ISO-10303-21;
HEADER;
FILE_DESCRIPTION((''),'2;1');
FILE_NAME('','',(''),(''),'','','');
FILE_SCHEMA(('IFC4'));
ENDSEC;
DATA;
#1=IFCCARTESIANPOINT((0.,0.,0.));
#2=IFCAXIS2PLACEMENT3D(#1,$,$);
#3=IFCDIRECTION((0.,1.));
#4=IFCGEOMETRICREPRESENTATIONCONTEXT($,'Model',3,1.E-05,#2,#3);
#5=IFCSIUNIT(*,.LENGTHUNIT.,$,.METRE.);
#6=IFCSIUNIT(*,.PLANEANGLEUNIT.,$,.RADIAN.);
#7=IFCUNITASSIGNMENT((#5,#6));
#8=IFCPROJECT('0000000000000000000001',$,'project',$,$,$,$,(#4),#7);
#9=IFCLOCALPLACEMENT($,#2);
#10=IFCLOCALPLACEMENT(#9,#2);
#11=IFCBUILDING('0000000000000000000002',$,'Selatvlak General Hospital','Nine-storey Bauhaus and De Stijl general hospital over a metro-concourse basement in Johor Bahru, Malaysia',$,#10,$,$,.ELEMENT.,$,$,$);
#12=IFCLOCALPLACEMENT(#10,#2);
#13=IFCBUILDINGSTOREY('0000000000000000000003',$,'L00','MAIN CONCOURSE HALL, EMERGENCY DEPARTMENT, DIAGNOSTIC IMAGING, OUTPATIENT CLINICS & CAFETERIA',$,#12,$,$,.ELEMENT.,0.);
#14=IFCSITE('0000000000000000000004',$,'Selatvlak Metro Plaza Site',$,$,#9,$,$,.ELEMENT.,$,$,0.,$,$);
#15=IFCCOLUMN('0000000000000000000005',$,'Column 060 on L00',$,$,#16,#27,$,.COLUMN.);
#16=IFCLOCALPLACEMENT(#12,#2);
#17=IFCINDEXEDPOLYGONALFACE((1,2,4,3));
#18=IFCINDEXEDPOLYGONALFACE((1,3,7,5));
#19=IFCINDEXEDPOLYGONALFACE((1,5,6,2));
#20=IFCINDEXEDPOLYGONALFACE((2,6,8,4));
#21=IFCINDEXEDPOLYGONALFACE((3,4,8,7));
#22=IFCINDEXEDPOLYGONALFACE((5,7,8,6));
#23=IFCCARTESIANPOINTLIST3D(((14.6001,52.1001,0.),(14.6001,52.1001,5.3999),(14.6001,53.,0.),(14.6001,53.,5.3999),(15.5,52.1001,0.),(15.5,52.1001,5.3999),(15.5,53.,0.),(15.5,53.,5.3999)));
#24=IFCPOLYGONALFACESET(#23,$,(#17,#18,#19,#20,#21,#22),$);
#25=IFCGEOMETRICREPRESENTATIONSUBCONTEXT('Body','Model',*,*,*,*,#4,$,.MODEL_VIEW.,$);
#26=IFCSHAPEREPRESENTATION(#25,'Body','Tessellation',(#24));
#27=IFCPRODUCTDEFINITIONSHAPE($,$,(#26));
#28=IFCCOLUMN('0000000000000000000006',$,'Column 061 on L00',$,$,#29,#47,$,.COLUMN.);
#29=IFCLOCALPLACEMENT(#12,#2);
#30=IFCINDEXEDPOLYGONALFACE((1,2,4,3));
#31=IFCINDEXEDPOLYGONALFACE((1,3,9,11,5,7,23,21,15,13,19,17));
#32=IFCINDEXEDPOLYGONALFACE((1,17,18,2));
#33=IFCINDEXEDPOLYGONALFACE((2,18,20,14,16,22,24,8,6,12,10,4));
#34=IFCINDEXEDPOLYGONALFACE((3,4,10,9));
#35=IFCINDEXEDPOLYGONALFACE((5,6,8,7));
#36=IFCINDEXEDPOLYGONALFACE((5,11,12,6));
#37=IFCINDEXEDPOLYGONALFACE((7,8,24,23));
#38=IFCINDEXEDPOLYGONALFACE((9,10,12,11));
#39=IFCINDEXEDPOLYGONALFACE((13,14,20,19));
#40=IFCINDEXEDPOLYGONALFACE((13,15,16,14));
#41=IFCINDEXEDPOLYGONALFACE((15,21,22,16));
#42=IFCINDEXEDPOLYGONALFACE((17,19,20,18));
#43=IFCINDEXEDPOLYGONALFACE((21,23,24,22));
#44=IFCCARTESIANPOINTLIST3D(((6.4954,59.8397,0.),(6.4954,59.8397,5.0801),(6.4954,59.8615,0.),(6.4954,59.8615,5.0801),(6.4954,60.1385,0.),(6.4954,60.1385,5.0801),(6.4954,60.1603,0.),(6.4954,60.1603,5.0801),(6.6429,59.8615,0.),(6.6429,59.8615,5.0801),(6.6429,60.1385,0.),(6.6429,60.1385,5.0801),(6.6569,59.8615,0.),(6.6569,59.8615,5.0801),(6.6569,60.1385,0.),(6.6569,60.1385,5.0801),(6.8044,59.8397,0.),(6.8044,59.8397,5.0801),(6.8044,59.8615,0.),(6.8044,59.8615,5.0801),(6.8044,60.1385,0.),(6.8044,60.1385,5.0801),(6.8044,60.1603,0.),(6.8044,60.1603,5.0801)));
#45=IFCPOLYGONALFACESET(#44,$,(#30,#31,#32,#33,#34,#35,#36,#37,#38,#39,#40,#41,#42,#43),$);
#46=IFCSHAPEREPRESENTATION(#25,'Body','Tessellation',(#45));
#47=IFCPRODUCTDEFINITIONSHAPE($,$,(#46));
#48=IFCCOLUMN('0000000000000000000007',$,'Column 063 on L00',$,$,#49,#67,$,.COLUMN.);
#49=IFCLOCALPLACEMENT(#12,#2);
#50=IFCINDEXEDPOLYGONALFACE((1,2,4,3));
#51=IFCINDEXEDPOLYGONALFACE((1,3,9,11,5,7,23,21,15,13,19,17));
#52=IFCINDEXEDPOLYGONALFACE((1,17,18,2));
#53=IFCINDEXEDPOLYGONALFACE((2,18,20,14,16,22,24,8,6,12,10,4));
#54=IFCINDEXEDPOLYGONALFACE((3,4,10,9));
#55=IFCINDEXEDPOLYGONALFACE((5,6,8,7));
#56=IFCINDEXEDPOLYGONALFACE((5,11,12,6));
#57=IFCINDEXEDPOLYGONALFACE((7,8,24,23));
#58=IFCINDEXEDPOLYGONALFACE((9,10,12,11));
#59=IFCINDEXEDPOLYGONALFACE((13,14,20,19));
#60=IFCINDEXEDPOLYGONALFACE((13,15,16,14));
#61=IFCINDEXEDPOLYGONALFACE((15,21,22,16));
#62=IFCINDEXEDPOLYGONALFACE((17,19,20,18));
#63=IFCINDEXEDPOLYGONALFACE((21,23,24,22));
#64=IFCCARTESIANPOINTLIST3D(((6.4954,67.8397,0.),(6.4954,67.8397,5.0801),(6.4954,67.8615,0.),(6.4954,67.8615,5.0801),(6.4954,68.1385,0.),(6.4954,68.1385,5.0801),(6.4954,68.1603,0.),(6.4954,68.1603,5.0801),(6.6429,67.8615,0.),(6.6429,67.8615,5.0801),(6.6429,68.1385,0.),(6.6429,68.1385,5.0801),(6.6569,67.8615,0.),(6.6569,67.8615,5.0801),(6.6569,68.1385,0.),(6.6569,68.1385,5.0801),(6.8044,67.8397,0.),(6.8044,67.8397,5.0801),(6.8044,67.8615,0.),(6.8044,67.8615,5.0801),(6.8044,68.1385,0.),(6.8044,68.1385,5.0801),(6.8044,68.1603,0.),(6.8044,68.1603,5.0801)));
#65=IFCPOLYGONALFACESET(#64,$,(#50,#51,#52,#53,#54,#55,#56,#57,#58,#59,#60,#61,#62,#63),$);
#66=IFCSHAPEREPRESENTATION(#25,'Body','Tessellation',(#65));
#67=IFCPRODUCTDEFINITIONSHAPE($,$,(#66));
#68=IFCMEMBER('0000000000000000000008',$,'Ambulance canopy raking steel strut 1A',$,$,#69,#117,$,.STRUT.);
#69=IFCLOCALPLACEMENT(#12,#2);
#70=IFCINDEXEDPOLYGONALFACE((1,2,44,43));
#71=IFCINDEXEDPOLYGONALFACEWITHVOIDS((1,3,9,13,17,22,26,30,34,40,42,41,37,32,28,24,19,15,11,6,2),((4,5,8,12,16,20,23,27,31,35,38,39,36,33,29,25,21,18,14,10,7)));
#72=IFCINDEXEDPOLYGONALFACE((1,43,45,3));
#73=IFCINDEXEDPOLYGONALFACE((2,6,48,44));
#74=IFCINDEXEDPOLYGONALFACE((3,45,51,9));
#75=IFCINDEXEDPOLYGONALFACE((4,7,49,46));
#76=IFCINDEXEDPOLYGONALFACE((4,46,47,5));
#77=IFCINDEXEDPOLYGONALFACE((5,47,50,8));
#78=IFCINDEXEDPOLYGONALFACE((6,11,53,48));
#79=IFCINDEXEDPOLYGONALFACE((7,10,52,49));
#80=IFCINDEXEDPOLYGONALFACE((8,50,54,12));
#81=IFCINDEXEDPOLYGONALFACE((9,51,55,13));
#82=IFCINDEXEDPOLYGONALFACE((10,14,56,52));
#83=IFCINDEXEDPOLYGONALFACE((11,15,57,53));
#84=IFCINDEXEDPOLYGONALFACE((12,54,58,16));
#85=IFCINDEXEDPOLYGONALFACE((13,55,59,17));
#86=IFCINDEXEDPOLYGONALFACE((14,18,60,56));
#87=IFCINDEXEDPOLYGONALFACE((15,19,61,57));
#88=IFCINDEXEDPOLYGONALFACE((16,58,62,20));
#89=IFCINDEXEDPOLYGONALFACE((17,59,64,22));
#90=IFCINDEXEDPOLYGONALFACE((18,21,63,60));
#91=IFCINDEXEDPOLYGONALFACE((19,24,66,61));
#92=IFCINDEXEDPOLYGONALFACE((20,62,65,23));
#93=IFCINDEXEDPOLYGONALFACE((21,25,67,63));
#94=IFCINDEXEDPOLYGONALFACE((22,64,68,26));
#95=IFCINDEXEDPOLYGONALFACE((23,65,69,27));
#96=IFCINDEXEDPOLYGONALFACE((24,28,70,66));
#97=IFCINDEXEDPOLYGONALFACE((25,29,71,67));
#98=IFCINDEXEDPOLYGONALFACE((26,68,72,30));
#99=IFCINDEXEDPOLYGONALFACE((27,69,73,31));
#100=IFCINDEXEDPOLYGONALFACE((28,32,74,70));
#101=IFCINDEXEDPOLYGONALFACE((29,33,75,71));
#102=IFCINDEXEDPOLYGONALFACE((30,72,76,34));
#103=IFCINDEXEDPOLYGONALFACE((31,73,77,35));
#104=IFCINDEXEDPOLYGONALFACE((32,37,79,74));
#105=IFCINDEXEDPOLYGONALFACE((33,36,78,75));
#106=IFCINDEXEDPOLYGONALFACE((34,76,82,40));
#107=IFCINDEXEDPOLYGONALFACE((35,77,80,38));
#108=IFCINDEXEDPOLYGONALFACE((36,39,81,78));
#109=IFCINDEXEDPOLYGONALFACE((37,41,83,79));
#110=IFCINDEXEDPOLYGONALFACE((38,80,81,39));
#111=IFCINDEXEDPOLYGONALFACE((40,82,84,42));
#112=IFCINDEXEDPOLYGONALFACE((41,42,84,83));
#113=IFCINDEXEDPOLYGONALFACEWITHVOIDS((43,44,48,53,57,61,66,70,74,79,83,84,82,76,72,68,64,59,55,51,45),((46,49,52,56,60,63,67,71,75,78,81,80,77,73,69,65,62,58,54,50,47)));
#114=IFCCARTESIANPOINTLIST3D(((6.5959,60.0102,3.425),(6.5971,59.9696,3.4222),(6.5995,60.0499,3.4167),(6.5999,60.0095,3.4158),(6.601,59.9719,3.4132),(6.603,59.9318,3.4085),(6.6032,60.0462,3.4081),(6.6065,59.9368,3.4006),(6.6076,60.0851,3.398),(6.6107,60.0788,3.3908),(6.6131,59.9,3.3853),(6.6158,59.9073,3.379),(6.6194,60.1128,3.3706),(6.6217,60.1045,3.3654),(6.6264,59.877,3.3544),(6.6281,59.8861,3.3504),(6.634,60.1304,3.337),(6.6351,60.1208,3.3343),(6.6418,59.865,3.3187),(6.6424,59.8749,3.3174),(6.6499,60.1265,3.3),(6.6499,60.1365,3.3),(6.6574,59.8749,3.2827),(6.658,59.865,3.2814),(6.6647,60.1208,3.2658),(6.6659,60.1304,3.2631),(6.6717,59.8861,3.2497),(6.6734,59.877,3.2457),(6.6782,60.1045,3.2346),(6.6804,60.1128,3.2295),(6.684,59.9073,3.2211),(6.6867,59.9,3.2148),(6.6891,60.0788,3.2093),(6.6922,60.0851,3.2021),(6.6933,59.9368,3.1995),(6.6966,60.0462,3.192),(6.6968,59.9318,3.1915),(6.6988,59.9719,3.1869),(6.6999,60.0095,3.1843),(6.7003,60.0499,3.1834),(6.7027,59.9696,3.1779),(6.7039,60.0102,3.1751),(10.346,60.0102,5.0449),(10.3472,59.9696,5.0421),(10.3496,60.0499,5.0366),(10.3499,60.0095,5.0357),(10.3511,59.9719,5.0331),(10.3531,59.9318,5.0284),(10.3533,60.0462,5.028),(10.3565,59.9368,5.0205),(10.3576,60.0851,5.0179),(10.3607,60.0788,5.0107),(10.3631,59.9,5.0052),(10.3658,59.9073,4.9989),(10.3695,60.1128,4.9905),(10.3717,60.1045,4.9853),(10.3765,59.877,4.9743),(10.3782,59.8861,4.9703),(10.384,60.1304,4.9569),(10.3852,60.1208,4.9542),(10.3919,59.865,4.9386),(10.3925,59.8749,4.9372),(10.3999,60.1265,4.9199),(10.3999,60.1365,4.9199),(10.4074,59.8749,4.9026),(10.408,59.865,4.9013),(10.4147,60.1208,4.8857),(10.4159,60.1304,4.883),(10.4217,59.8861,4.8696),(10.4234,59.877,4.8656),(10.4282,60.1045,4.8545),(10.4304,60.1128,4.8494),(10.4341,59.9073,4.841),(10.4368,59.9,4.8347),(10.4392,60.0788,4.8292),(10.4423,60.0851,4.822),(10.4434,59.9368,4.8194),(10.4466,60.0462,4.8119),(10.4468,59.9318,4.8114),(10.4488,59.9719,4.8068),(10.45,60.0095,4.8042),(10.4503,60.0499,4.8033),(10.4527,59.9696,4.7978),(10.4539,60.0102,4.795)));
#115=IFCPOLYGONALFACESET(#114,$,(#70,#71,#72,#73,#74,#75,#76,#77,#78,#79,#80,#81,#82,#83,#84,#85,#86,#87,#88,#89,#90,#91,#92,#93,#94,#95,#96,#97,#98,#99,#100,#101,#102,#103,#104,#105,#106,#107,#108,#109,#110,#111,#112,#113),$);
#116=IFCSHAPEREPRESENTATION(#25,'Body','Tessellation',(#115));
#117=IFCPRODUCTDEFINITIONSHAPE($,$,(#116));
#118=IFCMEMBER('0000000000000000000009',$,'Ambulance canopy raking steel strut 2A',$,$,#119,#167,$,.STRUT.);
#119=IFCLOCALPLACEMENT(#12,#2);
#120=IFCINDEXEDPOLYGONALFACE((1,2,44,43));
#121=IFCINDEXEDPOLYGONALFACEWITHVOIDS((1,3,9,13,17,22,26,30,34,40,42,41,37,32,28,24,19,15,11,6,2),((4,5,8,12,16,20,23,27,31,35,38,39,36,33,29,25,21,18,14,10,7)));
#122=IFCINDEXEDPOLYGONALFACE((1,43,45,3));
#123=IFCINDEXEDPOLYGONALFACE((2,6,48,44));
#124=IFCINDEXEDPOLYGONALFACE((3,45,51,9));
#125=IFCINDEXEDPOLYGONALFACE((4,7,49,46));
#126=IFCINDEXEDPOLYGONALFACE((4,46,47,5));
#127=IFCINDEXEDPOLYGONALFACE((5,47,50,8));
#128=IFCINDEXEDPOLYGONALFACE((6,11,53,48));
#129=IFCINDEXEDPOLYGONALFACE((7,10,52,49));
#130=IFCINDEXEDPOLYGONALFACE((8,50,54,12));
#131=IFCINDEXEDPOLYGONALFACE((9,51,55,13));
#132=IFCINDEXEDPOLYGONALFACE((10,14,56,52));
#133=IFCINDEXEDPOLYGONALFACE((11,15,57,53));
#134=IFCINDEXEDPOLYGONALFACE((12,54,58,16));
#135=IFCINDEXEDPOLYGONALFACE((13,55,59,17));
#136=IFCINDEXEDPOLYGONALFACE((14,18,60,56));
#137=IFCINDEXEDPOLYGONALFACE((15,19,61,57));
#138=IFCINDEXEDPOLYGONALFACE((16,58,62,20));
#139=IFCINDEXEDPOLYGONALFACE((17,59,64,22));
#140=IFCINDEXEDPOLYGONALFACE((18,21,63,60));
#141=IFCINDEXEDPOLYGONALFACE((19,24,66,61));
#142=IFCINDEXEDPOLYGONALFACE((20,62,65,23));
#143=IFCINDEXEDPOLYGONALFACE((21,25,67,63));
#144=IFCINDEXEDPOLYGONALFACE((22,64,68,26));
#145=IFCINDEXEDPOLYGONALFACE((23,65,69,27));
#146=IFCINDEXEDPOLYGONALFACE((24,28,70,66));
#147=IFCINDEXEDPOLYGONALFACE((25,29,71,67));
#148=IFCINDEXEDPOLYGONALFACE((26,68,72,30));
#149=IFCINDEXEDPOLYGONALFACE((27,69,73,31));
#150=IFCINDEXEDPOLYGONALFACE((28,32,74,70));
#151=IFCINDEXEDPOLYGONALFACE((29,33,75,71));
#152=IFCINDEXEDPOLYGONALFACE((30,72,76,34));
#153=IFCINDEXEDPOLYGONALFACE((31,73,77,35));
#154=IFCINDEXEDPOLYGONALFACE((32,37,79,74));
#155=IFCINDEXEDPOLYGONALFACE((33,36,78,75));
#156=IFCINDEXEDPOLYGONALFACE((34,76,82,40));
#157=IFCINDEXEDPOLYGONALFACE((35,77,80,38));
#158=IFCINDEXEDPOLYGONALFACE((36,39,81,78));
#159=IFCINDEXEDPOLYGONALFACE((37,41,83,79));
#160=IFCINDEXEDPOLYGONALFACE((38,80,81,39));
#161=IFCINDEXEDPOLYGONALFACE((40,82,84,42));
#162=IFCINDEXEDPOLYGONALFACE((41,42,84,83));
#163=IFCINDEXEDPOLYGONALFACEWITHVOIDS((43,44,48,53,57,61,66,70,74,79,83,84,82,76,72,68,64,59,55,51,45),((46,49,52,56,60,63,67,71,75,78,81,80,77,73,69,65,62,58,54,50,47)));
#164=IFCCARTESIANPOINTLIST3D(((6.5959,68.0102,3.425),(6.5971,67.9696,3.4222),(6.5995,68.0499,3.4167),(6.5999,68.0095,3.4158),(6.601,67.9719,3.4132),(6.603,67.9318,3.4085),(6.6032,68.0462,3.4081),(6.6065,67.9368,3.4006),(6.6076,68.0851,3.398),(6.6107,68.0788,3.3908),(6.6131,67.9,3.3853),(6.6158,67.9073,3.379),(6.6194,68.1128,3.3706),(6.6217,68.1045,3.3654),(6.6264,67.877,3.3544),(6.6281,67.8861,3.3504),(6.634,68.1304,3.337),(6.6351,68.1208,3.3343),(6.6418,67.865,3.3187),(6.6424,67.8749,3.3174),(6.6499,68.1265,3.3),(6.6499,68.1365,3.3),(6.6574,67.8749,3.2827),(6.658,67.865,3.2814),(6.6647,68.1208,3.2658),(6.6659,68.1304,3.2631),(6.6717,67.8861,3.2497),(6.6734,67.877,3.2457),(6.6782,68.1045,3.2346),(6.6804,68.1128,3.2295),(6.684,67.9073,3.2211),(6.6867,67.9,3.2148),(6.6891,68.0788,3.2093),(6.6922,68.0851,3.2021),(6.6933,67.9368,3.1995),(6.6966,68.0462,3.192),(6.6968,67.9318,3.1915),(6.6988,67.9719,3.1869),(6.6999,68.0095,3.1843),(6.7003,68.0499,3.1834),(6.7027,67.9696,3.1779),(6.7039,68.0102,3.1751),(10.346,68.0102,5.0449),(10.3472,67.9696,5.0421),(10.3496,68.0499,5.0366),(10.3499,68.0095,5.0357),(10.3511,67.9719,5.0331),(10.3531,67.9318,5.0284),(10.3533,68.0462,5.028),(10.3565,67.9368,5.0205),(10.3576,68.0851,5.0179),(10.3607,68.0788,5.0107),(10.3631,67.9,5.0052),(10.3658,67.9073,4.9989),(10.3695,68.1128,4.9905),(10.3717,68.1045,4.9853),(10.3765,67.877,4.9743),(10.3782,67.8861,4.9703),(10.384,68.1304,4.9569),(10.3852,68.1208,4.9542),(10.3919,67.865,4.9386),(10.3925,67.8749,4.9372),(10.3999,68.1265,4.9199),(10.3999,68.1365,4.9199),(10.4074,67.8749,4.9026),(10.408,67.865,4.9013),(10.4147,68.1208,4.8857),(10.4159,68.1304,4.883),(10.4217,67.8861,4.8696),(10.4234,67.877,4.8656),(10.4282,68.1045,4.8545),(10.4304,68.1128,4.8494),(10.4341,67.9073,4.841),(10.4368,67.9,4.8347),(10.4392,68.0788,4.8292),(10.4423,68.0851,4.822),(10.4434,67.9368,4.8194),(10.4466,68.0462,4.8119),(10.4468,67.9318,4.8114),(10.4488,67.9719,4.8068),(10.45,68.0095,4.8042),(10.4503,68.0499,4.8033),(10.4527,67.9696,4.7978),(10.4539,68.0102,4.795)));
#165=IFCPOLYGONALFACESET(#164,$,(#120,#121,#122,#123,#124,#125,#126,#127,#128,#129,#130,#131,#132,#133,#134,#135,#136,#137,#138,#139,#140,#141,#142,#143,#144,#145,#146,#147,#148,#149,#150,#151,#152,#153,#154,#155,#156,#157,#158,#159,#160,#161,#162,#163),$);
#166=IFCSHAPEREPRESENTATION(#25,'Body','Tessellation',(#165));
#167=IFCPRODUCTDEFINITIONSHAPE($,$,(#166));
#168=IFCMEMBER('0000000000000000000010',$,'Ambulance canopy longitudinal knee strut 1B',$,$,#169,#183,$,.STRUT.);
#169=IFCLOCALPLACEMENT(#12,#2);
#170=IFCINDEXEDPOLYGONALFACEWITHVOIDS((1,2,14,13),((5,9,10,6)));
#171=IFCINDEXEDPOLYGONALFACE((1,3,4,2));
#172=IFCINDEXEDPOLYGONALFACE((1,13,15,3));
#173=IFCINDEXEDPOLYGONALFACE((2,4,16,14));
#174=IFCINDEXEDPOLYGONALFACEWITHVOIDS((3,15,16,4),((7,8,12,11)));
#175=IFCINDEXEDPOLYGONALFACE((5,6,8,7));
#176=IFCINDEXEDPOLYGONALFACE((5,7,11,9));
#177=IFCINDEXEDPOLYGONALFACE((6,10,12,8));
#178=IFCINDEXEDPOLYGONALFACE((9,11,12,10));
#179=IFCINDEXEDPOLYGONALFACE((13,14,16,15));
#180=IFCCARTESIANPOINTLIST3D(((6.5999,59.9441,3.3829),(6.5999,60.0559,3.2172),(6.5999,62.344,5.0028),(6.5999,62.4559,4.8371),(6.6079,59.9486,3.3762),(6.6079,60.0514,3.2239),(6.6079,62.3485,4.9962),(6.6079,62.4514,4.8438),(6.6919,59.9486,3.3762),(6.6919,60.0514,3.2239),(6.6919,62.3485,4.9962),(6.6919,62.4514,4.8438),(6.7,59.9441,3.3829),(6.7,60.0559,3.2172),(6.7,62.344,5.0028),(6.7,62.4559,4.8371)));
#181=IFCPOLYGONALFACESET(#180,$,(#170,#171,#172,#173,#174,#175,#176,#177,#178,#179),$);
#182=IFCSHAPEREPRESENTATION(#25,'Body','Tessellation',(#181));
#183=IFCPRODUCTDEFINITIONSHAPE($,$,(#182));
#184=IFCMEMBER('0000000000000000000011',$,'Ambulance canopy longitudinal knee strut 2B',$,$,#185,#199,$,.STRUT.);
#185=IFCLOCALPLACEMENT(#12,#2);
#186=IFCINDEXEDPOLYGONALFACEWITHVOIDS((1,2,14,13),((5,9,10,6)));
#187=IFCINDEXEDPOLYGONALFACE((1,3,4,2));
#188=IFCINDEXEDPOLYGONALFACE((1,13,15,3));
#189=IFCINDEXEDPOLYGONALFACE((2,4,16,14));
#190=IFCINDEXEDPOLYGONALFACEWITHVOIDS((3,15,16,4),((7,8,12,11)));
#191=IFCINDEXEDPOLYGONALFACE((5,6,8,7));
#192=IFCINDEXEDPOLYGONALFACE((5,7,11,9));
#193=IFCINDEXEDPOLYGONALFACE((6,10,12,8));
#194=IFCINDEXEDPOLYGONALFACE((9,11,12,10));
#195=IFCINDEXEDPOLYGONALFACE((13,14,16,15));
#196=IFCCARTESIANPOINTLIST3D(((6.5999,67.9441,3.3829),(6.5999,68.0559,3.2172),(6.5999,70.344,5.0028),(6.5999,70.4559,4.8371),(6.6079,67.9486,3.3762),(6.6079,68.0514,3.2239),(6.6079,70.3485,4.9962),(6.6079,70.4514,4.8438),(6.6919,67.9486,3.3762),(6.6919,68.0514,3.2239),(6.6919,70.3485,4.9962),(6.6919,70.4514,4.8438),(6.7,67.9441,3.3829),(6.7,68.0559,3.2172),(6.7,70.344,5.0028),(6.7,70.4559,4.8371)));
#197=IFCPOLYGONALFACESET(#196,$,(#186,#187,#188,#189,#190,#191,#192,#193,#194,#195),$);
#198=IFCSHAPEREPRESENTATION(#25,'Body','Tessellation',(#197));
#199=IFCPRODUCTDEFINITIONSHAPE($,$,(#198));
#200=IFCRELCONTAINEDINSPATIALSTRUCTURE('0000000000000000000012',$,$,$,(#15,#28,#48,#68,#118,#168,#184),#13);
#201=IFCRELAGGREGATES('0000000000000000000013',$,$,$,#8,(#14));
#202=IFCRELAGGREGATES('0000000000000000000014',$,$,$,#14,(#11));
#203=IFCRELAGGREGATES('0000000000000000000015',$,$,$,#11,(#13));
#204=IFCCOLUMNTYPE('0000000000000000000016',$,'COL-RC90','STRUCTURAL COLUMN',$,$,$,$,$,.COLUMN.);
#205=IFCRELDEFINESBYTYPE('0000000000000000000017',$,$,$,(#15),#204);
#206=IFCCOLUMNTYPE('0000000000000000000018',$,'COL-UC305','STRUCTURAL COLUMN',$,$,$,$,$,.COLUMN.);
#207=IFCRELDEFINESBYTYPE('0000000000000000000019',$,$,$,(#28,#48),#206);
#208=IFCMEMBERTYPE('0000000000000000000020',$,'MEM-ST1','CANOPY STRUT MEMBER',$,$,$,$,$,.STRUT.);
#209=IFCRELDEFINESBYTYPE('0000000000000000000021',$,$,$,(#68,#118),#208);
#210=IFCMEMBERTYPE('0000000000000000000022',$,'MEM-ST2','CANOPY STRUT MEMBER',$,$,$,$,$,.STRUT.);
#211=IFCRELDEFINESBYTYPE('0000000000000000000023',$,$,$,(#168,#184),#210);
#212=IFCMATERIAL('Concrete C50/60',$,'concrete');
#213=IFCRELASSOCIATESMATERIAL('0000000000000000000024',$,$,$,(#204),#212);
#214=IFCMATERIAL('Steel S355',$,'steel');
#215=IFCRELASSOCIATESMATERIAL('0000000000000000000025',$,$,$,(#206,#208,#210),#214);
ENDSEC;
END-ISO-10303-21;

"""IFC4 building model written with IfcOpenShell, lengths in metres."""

from ifc_helpers import new_model, si_unit, direction, frame, origin, origin_2d, place, context, subcontext, project, spatial, rectangle, hollow_rectangle, hollow_circle, i_section, extrude, material, material_profile, profile_set, type_object, element, save


model = new_model("IFC4")

# Units and contexts
model_context = context("Model", 3, precision=1e-05, world=origin(), true_north=direction((0.0, 1.0)))
body_context = subcontext(model_context, "Body", "Model", "MODEL_VIEW")
ifc_project = project(units=[si_unit("LENGTHUNIT", "METRE"), si_unit("PLANEANGLEUNIT", "RADIAN")], contexts=[model_context])

# Site, building, storey
site_placement = place(None, origin())
site = spatial("IfcSite", under=ifc_project, at=site_placement, Name="Selatvlak Metro Plaza Site", CompositionType="ELEMENT", RefElevation=0.0)
building_placement = place(site_placement, origin())
building = spatial("IfcBuilding", under=site, at=building_placement, Name="Selatvlak General Hospital", Description="Nine-storey Bauhaus and De Stijl general hospital over a metro-concourse basement in Johor Bahru, Malaysia", CompositionType="ELEMENT")
storey_placement = place(building_placement, origin())
storey = spatial("IfcBuildingStorey", under=building, at=storey_placement, Name="L00", Description="MAIN CONCOURSE HALL, EMERGENCY DEPARTMENT, DIAGNOSTIC IMAGING, OUTPATIENT CLINICS & CAFETERIA", CompositionType="ELEMENT", Elevation=0.0)

# Columns
ifc_material_1 = material(Name="Concrete C50/60", Category="concrete")
ifc_material_profile_1 = material_profile(ifc_material_1, rectangle(XDim=0.8999, YDim=0.8999, at=origin_2d()), Name="RC-COL 900x900")
ifc_profile_set_1 = profile_set([ifc_material_profile_1], Name="Concrete C50/60")
column_type_1 = type_object("IfcColumnType", Name="COL-RC90", Description="STRUCTURAL COLUMN", PredefinedType="COLUMN", material=ifc_profile_set_1)
column_placement = place(storey_placement, frame((15.05, 52.55, 0.0), z_axis=(0.0, 0.0, 1.0), x_axis=(1.0, 0.0, 0.0)))
element("IfcColumn", 1, at=column_placement, inside=storey, type_object=column_type_1, Name="Column 060 on L00", PredefinedType="COLUMN", context=body_context, shape_type="SweptSolid", body=[
    extrude(rectangle(XDim=0.8999, YDim=0.8999, at=origin_2d()), origin(), (0.0, 0.0, 1.0), 5.3999),
])
ifc_material_2 = material(Name="Steel S355", Category="steel")
ifc_material_profile_2 = material_profile(ifc_material_2, i_section(OverallWidth=0.3091, OverallDepth=0.3206, WebThickness=0.0139, FlangeThickness=0.0217, at=origin_2d()), Name="UC 305x305x137")
ifc_profile_set_2 = profile_set([ifc_material_profile_2], Name="Steel S355")
column_type_2 = type_object("IfcColumnType", Name="COL-UC305", Description="STRUCTURAL COLUMN", PredefinedType="COLUMN", material=ifc_profile_set_2)
for number, where, z_axis, x_axis, name in (
    (2, (6.6499, 60.0, 0.0), (0.0, 0.0, 1.0), (1.0, 0.0, 0.0), "Column 061 on L00"),
    (3, (6.6499, 68.0, 0.0), (0.0, 0.0, 1.0), (1.0, 0.0, 0.0), "Column 063 on L00"),
):
    element("IfcColumn", number, at=place(storey_placement, frame(where, z_axis=z_axis, x_axis=x_axis)), inside=storey, type_object=column_type_2, Name=name, PredefinedType="COLUMN", context=body_context, shape_type="SweptSolid", body=[
        extrude(i_section(OverallWidth=0.3091, OverallDepth=0.3206, WebThickness=0.0139, FlangeThickness=0.0217, at=origin_2d()), origin(), (0.0, 0.0, 1.0), 5.0801),
    ])

# Members
ifc_material_profile_3 = material_profile(ifc_material_2, hollow_circle(Radius=0.1365, WallThickness=0.01, at=origin_2d()), Name="CHS 273.0x10")
ifc_profile_set_3 = profile_set([ifc_material_profile_3], Name="Steel S355")
member_type_1 = type_object("IfcMemberType", Name="MEM-ST1", Description="CANOPY STRUT MEMBER", PredefinedType="STRUT", material=ifc_profile_set_3)
for number, where, z_axis, x_axis, name in (
    (4, (6.6499, 60.0, 3.3), (0.918013, 0.0, 0.39655), (0.0, 1.0, 0.0), "Ambulance canopy raking steel strut 1A"),
    (5, (6.6499, 68.0, 3.3), (0.918013, 0.0, 0.39655), (0.0, 1.0, 0.0), "Ambulance canopy raking steel strut 2A"),
):
    element("IfcMember", number, at=place(storey_placement, frame(where, z_axis=z_axis, x_axis=x_axis)), inside=storey, type_object=member_type_1, Name=name, PredefinedType="STRUT", context=body_context, shape_type="SweptSolid", body=[
        extrude(hollow_circle(Radius=0.1365, WallThickness=0.01, at=origin_2d()), origin(), (0.0, 0.0, 1.0), 4.085),
    ])
ifc_material_profile_4 = material_profile(ifc_material_2, hollow_rectangle(XDim=0.1001, YDim=0.2, WallThickness=0.0081, at=origin_2d()), Name="RHS 200x100x8")
ifc_profile_set_4 = profile_set([ifc_material_profile_4], Name="Steel S355")
member_type_2 = type_object("IfcMemberType", Name="MEM-ST2", Description="CANOPY STRUT MEMBER", PredefinedType="STRUT", material=ifc_profile_set_4)
for number, where, z_axis, x_axis, name in (
    (6, (6.6499, 60.0, 3.3), (0.0, 0.828858, 0.559458), (-1.0, 0.0, 0.0), "Ambulance canopy longitudinal knee strut 1B"),
    (7, (6.6499, 68.0, 3.3), (0.0, 0.828858, 0.559458), (-1.0, 0.0, 0.0), "Ambulance canopy longitudinal knee strut 2B"),
):
    element("IfcMember", number, at=place(storey_placement, frame(where, z_axis=z_axis, x_axis=x_axis)), inside=storey, type_object=member_type_2, Name=name, PredefinedType="STRUT", context=body_context, shape_type="SweptSolid", body=[
        extrude(hollow_rectangle(XDim=0.1001, YDim=0.2, WallThickness=0.0081, at=origin_2d()), origin(), (0.0, 0.0, 1.0), 2.8955),
    ])

save(model, "model.ifc")
